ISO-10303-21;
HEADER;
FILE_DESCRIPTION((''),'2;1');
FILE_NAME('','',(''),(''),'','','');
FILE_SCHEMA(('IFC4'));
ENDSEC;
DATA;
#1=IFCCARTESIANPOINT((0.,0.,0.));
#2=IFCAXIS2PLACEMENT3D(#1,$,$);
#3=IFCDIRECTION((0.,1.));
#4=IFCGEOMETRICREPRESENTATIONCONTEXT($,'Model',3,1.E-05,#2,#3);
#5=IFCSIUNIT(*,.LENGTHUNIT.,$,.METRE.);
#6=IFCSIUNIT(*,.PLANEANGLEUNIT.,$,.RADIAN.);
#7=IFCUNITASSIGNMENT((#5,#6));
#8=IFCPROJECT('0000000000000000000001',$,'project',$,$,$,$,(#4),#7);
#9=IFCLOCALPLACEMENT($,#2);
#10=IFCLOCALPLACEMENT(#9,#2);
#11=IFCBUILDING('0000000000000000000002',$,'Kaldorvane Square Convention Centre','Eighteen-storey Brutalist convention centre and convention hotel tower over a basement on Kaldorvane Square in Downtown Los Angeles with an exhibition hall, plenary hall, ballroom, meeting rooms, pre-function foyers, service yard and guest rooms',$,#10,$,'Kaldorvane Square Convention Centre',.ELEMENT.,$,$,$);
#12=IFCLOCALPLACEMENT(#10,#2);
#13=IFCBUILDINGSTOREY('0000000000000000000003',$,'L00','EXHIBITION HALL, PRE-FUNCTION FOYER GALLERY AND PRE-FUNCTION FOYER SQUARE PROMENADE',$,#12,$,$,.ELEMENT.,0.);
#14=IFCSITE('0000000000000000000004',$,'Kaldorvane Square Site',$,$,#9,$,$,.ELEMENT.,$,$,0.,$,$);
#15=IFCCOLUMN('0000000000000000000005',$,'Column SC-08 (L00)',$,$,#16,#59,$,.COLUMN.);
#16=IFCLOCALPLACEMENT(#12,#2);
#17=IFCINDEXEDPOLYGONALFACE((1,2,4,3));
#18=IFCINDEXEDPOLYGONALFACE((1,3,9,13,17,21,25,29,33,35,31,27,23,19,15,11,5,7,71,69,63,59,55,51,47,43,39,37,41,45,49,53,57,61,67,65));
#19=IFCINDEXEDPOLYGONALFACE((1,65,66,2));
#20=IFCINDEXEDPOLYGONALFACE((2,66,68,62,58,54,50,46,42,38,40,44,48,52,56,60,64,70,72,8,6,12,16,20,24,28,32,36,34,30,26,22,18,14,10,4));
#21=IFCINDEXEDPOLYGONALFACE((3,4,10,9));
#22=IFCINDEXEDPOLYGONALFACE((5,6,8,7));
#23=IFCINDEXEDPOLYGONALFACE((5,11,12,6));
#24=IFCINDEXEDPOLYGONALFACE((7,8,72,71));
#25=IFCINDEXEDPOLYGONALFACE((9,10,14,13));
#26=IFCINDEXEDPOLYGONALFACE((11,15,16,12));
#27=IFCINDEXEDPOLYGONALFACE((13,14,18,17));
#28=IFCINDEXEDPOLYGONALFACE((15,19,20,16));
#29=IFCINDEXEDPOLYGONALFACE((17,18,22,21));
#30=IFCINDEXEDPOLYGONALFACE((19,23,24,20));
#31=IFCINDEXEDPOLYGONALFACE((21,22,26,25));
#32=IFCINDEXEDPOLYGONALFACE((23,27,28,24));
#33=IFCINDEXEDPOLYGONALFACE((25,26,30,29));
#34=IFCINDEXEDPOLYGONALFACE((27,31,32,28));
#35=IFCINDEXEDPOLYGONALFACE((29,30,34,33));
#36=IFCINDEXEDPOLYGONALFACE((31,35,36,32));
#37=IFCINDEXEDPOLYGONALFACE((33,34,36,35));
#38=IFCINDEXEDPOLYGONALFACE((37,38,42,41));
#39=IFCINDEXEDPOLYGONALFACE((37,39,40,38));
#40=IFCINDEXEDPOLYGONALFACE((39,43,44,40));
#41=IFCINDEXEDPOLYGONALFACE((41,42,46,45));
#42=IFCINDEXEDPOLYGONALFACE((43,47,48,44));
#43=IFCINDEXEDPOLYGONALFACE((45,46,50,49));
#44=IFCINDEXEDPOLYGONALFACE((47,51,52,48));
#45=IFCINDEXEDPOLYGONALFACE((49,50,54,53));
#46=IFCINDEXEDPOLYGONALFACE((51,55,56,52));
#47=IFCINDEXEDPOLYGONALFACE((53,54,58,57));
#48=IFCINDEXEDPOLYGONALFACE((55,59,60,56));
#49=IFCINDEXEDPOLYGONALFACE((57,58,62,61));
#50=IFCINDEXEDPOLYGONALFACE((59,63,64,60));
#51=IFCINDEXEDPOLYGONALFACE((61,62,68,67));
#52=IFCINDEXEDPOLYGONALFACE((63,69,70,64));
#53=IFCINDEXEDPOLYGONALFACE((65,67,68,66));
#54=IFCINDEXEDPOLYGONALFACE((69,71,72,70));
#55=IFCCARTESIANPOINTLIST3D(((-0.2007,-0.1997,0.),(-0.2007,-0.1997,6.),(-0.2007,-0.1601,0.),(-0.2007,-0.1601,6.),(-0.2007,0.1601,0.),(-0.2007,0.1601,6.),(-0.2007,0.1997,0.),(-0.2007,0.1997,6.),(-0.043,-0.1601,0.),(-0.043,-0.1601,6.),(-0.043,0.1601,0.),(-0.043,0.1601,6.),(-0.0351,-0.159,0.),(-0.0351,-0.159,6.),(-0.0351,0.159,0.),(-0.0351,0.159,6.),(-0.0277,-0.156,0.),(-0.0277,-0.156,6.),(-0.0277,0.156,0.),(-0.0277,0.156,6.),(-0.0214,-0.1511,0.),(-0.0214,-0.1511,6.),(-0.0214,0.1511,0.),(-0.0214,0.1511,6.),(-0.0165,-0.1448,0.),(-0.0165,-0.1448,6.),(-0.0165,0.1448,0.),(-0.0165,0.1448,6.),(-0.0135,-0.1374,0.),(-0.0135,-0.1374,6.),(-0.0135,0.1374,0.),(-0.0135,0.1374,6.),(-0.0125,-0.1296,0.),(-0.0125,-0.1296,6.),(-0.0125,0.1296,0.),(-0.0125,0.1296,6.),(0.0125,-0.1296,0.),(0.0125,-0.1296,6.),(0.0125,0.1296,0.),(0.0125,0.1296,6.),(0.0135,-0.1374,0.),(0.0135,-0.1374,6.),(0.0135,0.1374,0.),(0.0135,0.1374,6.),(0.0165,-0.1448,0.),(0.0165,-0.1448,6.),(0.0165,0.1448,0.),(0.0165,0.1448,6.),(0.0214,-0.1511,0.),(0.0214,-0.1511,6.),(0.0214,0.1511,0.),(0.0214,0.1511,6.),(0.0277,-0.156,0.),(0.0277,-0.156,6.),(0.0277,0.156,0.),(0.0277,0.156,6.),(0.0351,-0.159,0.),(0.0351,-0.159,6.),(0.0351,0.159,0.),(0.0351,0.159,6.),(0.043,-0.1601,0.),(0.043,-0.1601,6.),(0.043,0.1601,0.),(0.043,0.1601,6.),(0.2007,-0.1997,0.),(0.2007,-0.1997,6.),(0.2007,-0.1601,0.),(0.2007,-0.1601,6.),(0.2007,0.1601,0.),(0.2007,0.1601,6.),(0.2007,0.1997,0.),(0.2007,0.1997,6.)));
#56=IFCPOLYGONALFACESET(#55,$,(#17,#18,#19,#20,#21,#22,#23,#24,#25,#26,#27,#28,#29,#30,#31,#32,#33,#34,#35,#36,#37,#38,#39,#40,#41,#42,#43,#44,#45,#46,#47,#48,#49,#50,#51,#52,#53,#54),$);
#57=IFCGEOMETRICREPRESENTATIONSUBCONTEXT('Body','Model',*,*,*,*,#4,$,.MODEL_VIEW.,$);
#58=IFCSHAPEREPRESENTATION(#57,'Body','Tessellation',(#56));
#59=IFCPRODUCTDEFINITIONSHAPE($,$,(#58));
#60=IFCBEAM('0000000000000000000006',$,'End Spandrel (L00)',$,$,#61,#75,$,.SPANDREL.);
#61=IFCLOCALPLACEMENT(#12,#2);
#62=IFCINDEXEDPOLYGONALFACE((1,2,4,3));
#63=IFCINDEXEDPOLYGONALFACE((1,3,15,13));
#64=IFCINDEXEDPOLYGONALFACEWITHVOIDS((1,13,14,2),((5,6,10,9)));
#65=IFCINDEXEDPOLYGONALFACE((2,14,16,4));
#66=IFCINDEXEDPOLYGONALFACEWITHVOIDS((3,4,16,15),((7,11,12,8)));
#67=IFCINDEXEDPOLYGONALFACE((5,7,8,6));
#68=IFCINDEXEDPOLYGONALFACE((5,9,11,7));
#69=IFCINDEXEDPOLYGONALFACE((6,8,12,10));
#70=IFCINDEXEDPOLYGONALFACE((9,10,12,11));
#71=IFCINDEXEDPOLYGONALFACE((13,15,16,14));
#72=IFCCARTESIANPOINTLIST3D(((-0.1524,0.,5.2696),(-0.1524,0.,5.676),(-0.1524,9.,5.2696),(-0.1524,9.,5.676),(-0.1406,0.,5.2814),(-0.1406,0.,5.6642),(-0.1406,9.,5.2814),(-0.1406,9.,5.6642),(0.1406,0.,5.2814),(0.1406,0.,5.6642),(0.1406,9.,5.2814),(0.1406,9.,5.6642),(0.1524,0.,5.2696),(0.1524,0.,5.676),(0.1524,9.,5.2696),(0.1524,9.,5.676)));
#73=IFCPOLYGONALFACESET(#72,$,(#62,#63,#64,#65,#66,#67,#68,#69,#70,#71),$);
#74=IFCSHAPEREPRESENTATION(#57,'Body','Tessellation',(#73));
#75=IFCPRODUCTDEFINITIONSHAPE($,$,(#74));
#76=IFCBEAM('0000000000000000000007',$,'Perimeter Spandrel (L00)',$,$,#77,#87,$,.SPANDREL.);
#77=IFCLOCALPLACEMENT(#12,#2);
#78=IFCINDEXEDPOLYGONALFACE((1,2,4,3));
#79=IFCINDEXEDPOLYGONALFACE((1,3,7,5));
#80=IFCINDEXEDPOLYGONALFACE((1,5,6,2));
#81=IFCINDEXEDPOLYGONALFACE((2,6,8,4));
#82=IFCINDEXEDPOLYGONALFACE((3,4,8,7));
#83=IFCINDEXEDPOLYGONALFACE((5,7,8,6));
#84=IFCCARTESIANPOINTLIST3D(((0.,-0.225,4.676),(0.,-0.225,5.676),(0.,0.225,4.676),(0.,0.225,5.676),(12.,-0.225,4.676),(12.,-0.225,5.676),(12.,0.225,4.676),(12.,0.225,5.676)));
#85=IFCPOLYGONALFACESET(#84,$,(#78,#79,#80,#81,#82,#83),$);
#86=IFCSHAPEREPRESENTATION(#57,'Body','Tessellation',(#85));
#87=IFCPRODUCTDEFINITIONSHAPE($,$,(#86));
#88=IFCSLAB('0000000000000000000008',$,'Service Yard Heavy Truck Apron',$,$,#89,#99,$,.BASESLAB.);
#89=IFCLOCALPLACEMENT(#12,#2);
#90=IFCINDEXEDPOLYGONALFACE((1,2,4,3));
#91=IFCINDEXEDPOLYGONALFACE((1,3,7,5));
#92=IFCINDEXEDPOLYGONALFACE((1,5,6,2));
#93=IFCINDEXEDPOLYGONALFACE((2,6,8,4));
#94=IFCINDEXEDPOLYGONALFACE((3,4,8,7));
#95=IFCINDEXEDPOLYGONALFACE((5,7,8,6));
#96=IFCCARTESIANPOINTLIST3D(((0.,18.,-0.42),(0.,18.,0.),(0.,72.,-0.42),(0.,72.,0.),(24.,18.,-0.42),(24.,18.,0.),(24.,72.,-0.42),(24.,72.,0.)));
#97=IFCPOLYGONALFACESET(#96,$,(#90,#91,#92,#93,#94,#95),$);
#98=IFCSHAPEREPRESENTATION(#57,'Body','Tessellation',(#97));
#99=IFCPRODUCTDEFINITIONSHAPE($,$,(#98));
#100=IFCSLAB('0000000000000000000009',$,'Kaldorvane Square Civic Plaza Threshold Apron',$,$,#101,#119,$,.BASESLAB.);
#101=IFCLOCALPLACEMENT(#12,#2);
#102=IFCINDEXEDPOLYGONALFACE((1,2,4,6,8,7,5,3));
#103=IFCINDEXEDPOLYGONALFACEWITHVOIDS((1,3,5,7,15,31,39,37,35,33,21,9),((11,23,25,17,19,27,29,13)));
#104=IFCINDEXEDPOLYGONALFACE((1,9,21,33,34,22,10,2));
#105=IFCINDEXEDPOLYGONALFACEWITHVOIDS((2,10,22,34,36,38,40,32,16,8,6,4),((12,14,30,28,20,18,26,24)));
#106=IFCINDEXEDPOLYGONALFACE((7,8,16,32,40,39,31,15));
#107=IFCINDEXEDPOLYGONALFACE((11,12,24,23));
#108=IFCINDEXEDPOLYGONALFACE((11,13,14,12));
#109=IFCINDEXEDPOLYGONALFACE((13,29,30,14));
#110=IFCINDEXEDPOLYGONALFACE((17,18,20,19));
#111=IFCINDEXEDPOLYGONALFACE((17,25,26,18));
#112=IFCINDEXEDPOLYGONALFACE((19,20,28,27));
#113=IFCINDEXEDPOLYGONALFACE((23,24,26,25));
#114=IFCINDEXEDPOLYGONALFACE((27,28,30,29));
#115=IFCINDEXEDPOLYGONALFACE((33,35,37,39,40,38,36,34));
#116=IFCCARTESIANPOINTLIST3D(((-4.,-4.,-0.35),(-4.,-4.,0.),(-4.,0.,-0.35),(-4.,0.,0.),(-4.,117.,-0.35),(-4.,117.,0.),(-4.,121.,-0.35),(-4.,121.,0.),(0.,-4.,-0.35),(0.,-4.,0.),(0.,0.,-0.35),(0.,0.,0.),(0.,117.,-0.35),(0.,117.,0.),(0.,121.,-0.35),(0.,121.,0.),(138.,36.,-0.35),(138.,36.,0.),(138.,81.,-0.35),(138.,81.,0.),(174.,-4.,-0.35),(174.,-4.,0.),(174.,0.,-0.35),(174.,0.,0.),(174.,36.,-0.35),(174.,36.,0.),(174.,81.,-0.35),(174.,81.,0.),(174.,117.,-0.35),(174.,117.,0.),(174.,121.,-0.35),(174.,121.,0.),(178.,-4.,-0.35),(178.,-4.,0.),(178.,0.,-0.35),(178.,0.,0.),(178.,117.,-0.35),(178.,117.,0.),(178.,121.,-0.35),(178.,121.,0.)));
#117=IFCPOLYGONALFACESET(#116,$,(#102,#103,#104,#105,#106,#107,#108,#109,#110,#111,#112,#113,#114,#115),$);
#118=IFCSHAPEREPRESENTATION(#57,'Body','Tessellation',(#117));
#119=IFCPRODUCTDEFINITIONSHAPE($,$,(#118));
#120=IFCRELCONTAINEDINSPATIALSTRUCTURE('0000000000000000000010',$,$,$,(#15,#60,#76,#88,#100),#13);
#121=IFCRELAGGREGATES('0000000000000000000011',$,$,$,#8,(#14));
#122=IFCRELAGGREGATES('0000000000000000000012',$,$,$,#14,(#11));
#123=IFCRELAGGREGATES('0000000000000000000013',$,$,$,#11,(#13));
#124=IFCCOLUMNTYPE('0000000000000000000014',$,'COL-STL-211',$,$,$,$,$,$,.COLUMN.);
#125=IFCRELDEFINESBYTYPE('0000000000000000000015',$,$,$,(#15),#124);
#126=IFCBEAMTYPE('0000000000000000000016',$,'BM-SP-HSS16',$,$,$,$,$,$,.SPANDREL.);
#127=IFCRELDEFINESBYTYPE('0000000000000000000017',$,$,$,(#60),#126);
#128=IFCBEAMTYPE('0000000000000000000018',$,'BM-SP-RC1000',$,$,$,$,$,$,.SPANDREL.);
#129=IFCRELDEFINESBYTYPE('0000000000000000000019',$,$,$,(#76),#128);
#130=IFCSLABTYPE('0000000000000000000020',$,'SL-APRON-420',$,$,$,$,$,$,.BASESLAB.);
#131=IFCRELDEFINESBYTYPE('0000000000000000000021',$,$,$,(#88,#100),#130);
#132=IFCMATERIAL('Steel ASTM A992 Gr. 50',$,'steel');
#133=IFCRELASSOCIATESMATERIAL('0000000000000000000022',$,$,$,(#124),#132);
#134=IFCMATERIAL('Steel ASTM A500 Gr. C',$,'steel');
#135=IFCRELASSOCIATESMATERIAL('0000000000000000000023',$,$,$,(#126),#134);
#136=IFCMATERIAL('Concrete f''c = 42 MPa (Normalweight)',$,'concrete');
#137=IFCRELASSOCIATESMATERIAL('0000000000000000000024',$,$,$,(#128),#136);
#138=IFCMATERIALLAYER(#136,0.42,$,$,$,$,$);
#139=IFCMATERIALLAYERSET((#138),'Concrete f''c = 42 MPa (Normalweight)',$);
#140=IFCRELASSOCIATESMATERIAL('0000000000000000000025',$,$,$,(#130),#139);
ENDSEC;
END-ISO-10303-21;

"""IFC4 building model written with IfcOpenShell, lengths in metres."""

from ifc_helpers import new_model, si_unit, direction, frame, origin, origin_with_axes, origin_2d, place, context, subcontext, project, spatial, polyline, rectangle, hollow_rectangle, i_section, outline, extrude, material, layer, layer_set, material_profile, profile_set, type_object, element, save


model = new_model("IFC4")

# Units and contexts
model_context = context("Model", 3, precision=1e-05, world=origin(), true_north=direction((0.0, 1.0)))
body_context = subcontext(model_context, "Body", "Model", "MODEL_VIEW")
ifc_project = project(units=[si_unit("LENGTHUNIT", "METRE"), si_unit("PLANEANGLEUNIT", "RADIAN")], contexts=[model_context])

# Site, building, storey
site_placement = place(None, origin())
site = spatial("IfcSite", under=ifc_project, at=site_placement, Name="Kaldorvane Square Site", CompositionType="ELEMENT", RefElevation=0.0)
building_placement = place(site_placement, origin())
building = spatial("IfcBuilding", under=site, at=building_placement, Name="Kaldorvane Square Convention Centre", Description="Eighteen-storey Brutalist convention centre and convention hotel tower over a basement on Kaldorvane Square in Downtown Los Angeles with an exhibition hall, plenary hall, ballroom, meeting rooms, pre-function foyers, service yard and guest rooms", LongName="Kaldorvane Square Convention Centre", CompositionType="ELEMENT")
storey_placement = place(building_placement, origin())
storey = spatial("IfcBuildingStorey", under=building, at=storey_placement, Name="L00", Description="EXHIBITION HALL, PRE-FUNCTION FOYER GALLERY AND PRE-FUNCTION FOYER SQUARE PROMENADE", CompositionType="ELEMENT", Elevation=0.0)

# Column
ifc_material_1 = material(Name="Steel ASTM A992 Gr. 50", Category="steel")
ifc_material_profile_1 = material_profile(ifc_material_1, i_section(OverallWidth=0.4013, OverallDepth=0.3993, WebThickness=0.0249, FlangeThickness=0.0396, FilletRadius=0.0305, at=origin_2d()), Name="W14X211")
ifc_profile_set_1 = profile_set([ifc_material_profile_1], Name="Steel ASTM A992 Gr. 50")
column_type = type_object("IfcColumnType", Name="COL-STL-211", PredefinedType="COLUMN", material=ifc_profile_set_1)
column_placement = place(storey_placement, origin_with_axes())
element("IfcColumn", 1, at=column_placement, inside=storey, type_object=column_type, Name="Column SC-08 (L00)", PredefinedType="COLUMN", context=body_context, shape_type="SweptSolid", body=[
    extrude(i_section(OverallWidth=0.4013, OverallDepth=0.3993, WebThickness=0.0249, FlangeThickness=0.0396, FilletRadius=0.0305, at=origin_2d()), origin(), (0.0, 0.0, 1.0), 6.0),
])

# Beams
ifc_material_2 = material(Name="Steel ASTM A500 Gr. C", Category="steel")
ifc_material_profile_2 = material_profile(ifc_material_2, hollow_rectangle(XDim=0.3048, YDim=0.4064, WallThickness=0.0118, at=origin_2d()), Name="HSS16X12X1/2")
ifc_profile_set_2 = profile_set([ifc_material_profile_2], Name="Steel ASTM A500 Gr. C")
beam_type_1 = type_object("IfcBeamType", Name="BM-SP-HSS16", PredefinedType="SPANDREL", material=ifc_profile_set_2)
beam_1_placement = place(storey_placement, frame((0.0, 0.0, 5.4728), z_axis=(0.0, 1.0, 0.0), x_axis=(-1.0, 0.0, 0.0)))
element("IfcBeam", 2, at=beam_1_placement, inside=storey, type_object=beam_type_1, Name="End Spandrel (L00)", PredefinedType="SPANDREL", context=body_context, shape_type="SweptSolid", body=[
    extrude(hollow_rectangle(XDim=0.3048, YDim=0.4064, WallThickness=0.0118, at=origin_2d()), origin(), (0.0, 0.0, 1.0), 9.0),
])
ifc_material_3 = material(Name="Concrete f'c = 42 MPa (Normalweight)", Category="concrete")
ifc_material_profile_3 = material_profile(ifc_material_3, rectangle(XDim=0.45, YDim=1.0, at=origin_2d()), Name="RCSP1000X450")
ifc_profile_set_3 = profile_set([ifc_material_profile_3], Name="Concrete f'c = 42 MPa (Normalweight)")
beam_type_2 = type_object("IfcBeamType", Name="BM-SP-RC1000", PredefinedType="SPANDREL", material=ifc_profile_set_3)
beam_2_placement = place(storey_placement, frame((0.0, 0.0, 5.176), z_axis=(1.0, 0.0, 0.0), x_axis=(0.0, 1.0, 0.0)))
element("IfcBeam", 3, at=beam_2_placement, inside=storey, type_object=beam_type_2, Name="Perimeter Spandrel (L00)", PredefinedType="SPANDREL", context=body_context, shape_type="SweptSolid", body=[
    extrude(rectangle(XDim=0.45, YDim=1.0, at=origin_2d()), origin(), (0.0, 0.0, 1.0), 12.0),
])

# Slabs
ifc_layer_1 = layer(ifc_material_3, 0.42)
ifc_layer_set_1 = layer_set([ifc_layer_1], Name="Concrete f'c = 42 MPa (Normalweight)")
slab_type_1 = type_object("IfcSlabType", Name="SL-APRON-420", PredefinedType="BASESLAB", material=ifc_layer_set_1)
slab_1_placement = place(storey_placement, frame((0.0, 0.0, -0.42)))
element("IfcSlab", 4, at=slab_1_placement, inside=storey, type_object=slab_type_1, Name="Service Yard Heavy Truck Apron", PredefinedType="BASESLAB", context=body_context, shape_type="SweptSolid", body=[
    extrude(outline(polyline([(0.0, 18.0), (24.0, 18.0), (24.0, 72.0), (0.0, 72.0), (0.0, 18.0)])), origin(), (0.0, 0.0, 1.0), 0.42),
])
slab_2_placement = place(storey_placement, frame((0.0, 0.0, -0.35)))
element("IfcSlab", 5, at=slab_2_placement, inside=storey, type_object=slab_type_1, Name="Kaldorvane Square Civic Plaza Threshold Apron", PredefinedType="BASESLAB", context=body_context, shape_type="SweptSolid", body=[
    extrude(outline(polyline([(178.0, -4.0), (174.0, -4.0), (0.0, -4.0), (-4.0, -4.0), (-4.0, 0.0), (-4.0, 117.0), (-4.0, 121.0), (0.0, 121.0), (174.0, 121.0), (178.0, 121.0), (178.0, 117.0), (178.0, 0.0), (178.0, -4.0)]), holes=[polyline([(0.0, 0.0), (174.0, 0.0), (174.0, 36.0), (138.0, 36.0), (138.0, 81.0), (174.0, 81.0), (174.0, 117.0), (0.0, 117.0), (0.0, 0.0)])]), origin(), (0.0, 0.0, 1.0), 0.35),
])

save(model, "model.ifc")
